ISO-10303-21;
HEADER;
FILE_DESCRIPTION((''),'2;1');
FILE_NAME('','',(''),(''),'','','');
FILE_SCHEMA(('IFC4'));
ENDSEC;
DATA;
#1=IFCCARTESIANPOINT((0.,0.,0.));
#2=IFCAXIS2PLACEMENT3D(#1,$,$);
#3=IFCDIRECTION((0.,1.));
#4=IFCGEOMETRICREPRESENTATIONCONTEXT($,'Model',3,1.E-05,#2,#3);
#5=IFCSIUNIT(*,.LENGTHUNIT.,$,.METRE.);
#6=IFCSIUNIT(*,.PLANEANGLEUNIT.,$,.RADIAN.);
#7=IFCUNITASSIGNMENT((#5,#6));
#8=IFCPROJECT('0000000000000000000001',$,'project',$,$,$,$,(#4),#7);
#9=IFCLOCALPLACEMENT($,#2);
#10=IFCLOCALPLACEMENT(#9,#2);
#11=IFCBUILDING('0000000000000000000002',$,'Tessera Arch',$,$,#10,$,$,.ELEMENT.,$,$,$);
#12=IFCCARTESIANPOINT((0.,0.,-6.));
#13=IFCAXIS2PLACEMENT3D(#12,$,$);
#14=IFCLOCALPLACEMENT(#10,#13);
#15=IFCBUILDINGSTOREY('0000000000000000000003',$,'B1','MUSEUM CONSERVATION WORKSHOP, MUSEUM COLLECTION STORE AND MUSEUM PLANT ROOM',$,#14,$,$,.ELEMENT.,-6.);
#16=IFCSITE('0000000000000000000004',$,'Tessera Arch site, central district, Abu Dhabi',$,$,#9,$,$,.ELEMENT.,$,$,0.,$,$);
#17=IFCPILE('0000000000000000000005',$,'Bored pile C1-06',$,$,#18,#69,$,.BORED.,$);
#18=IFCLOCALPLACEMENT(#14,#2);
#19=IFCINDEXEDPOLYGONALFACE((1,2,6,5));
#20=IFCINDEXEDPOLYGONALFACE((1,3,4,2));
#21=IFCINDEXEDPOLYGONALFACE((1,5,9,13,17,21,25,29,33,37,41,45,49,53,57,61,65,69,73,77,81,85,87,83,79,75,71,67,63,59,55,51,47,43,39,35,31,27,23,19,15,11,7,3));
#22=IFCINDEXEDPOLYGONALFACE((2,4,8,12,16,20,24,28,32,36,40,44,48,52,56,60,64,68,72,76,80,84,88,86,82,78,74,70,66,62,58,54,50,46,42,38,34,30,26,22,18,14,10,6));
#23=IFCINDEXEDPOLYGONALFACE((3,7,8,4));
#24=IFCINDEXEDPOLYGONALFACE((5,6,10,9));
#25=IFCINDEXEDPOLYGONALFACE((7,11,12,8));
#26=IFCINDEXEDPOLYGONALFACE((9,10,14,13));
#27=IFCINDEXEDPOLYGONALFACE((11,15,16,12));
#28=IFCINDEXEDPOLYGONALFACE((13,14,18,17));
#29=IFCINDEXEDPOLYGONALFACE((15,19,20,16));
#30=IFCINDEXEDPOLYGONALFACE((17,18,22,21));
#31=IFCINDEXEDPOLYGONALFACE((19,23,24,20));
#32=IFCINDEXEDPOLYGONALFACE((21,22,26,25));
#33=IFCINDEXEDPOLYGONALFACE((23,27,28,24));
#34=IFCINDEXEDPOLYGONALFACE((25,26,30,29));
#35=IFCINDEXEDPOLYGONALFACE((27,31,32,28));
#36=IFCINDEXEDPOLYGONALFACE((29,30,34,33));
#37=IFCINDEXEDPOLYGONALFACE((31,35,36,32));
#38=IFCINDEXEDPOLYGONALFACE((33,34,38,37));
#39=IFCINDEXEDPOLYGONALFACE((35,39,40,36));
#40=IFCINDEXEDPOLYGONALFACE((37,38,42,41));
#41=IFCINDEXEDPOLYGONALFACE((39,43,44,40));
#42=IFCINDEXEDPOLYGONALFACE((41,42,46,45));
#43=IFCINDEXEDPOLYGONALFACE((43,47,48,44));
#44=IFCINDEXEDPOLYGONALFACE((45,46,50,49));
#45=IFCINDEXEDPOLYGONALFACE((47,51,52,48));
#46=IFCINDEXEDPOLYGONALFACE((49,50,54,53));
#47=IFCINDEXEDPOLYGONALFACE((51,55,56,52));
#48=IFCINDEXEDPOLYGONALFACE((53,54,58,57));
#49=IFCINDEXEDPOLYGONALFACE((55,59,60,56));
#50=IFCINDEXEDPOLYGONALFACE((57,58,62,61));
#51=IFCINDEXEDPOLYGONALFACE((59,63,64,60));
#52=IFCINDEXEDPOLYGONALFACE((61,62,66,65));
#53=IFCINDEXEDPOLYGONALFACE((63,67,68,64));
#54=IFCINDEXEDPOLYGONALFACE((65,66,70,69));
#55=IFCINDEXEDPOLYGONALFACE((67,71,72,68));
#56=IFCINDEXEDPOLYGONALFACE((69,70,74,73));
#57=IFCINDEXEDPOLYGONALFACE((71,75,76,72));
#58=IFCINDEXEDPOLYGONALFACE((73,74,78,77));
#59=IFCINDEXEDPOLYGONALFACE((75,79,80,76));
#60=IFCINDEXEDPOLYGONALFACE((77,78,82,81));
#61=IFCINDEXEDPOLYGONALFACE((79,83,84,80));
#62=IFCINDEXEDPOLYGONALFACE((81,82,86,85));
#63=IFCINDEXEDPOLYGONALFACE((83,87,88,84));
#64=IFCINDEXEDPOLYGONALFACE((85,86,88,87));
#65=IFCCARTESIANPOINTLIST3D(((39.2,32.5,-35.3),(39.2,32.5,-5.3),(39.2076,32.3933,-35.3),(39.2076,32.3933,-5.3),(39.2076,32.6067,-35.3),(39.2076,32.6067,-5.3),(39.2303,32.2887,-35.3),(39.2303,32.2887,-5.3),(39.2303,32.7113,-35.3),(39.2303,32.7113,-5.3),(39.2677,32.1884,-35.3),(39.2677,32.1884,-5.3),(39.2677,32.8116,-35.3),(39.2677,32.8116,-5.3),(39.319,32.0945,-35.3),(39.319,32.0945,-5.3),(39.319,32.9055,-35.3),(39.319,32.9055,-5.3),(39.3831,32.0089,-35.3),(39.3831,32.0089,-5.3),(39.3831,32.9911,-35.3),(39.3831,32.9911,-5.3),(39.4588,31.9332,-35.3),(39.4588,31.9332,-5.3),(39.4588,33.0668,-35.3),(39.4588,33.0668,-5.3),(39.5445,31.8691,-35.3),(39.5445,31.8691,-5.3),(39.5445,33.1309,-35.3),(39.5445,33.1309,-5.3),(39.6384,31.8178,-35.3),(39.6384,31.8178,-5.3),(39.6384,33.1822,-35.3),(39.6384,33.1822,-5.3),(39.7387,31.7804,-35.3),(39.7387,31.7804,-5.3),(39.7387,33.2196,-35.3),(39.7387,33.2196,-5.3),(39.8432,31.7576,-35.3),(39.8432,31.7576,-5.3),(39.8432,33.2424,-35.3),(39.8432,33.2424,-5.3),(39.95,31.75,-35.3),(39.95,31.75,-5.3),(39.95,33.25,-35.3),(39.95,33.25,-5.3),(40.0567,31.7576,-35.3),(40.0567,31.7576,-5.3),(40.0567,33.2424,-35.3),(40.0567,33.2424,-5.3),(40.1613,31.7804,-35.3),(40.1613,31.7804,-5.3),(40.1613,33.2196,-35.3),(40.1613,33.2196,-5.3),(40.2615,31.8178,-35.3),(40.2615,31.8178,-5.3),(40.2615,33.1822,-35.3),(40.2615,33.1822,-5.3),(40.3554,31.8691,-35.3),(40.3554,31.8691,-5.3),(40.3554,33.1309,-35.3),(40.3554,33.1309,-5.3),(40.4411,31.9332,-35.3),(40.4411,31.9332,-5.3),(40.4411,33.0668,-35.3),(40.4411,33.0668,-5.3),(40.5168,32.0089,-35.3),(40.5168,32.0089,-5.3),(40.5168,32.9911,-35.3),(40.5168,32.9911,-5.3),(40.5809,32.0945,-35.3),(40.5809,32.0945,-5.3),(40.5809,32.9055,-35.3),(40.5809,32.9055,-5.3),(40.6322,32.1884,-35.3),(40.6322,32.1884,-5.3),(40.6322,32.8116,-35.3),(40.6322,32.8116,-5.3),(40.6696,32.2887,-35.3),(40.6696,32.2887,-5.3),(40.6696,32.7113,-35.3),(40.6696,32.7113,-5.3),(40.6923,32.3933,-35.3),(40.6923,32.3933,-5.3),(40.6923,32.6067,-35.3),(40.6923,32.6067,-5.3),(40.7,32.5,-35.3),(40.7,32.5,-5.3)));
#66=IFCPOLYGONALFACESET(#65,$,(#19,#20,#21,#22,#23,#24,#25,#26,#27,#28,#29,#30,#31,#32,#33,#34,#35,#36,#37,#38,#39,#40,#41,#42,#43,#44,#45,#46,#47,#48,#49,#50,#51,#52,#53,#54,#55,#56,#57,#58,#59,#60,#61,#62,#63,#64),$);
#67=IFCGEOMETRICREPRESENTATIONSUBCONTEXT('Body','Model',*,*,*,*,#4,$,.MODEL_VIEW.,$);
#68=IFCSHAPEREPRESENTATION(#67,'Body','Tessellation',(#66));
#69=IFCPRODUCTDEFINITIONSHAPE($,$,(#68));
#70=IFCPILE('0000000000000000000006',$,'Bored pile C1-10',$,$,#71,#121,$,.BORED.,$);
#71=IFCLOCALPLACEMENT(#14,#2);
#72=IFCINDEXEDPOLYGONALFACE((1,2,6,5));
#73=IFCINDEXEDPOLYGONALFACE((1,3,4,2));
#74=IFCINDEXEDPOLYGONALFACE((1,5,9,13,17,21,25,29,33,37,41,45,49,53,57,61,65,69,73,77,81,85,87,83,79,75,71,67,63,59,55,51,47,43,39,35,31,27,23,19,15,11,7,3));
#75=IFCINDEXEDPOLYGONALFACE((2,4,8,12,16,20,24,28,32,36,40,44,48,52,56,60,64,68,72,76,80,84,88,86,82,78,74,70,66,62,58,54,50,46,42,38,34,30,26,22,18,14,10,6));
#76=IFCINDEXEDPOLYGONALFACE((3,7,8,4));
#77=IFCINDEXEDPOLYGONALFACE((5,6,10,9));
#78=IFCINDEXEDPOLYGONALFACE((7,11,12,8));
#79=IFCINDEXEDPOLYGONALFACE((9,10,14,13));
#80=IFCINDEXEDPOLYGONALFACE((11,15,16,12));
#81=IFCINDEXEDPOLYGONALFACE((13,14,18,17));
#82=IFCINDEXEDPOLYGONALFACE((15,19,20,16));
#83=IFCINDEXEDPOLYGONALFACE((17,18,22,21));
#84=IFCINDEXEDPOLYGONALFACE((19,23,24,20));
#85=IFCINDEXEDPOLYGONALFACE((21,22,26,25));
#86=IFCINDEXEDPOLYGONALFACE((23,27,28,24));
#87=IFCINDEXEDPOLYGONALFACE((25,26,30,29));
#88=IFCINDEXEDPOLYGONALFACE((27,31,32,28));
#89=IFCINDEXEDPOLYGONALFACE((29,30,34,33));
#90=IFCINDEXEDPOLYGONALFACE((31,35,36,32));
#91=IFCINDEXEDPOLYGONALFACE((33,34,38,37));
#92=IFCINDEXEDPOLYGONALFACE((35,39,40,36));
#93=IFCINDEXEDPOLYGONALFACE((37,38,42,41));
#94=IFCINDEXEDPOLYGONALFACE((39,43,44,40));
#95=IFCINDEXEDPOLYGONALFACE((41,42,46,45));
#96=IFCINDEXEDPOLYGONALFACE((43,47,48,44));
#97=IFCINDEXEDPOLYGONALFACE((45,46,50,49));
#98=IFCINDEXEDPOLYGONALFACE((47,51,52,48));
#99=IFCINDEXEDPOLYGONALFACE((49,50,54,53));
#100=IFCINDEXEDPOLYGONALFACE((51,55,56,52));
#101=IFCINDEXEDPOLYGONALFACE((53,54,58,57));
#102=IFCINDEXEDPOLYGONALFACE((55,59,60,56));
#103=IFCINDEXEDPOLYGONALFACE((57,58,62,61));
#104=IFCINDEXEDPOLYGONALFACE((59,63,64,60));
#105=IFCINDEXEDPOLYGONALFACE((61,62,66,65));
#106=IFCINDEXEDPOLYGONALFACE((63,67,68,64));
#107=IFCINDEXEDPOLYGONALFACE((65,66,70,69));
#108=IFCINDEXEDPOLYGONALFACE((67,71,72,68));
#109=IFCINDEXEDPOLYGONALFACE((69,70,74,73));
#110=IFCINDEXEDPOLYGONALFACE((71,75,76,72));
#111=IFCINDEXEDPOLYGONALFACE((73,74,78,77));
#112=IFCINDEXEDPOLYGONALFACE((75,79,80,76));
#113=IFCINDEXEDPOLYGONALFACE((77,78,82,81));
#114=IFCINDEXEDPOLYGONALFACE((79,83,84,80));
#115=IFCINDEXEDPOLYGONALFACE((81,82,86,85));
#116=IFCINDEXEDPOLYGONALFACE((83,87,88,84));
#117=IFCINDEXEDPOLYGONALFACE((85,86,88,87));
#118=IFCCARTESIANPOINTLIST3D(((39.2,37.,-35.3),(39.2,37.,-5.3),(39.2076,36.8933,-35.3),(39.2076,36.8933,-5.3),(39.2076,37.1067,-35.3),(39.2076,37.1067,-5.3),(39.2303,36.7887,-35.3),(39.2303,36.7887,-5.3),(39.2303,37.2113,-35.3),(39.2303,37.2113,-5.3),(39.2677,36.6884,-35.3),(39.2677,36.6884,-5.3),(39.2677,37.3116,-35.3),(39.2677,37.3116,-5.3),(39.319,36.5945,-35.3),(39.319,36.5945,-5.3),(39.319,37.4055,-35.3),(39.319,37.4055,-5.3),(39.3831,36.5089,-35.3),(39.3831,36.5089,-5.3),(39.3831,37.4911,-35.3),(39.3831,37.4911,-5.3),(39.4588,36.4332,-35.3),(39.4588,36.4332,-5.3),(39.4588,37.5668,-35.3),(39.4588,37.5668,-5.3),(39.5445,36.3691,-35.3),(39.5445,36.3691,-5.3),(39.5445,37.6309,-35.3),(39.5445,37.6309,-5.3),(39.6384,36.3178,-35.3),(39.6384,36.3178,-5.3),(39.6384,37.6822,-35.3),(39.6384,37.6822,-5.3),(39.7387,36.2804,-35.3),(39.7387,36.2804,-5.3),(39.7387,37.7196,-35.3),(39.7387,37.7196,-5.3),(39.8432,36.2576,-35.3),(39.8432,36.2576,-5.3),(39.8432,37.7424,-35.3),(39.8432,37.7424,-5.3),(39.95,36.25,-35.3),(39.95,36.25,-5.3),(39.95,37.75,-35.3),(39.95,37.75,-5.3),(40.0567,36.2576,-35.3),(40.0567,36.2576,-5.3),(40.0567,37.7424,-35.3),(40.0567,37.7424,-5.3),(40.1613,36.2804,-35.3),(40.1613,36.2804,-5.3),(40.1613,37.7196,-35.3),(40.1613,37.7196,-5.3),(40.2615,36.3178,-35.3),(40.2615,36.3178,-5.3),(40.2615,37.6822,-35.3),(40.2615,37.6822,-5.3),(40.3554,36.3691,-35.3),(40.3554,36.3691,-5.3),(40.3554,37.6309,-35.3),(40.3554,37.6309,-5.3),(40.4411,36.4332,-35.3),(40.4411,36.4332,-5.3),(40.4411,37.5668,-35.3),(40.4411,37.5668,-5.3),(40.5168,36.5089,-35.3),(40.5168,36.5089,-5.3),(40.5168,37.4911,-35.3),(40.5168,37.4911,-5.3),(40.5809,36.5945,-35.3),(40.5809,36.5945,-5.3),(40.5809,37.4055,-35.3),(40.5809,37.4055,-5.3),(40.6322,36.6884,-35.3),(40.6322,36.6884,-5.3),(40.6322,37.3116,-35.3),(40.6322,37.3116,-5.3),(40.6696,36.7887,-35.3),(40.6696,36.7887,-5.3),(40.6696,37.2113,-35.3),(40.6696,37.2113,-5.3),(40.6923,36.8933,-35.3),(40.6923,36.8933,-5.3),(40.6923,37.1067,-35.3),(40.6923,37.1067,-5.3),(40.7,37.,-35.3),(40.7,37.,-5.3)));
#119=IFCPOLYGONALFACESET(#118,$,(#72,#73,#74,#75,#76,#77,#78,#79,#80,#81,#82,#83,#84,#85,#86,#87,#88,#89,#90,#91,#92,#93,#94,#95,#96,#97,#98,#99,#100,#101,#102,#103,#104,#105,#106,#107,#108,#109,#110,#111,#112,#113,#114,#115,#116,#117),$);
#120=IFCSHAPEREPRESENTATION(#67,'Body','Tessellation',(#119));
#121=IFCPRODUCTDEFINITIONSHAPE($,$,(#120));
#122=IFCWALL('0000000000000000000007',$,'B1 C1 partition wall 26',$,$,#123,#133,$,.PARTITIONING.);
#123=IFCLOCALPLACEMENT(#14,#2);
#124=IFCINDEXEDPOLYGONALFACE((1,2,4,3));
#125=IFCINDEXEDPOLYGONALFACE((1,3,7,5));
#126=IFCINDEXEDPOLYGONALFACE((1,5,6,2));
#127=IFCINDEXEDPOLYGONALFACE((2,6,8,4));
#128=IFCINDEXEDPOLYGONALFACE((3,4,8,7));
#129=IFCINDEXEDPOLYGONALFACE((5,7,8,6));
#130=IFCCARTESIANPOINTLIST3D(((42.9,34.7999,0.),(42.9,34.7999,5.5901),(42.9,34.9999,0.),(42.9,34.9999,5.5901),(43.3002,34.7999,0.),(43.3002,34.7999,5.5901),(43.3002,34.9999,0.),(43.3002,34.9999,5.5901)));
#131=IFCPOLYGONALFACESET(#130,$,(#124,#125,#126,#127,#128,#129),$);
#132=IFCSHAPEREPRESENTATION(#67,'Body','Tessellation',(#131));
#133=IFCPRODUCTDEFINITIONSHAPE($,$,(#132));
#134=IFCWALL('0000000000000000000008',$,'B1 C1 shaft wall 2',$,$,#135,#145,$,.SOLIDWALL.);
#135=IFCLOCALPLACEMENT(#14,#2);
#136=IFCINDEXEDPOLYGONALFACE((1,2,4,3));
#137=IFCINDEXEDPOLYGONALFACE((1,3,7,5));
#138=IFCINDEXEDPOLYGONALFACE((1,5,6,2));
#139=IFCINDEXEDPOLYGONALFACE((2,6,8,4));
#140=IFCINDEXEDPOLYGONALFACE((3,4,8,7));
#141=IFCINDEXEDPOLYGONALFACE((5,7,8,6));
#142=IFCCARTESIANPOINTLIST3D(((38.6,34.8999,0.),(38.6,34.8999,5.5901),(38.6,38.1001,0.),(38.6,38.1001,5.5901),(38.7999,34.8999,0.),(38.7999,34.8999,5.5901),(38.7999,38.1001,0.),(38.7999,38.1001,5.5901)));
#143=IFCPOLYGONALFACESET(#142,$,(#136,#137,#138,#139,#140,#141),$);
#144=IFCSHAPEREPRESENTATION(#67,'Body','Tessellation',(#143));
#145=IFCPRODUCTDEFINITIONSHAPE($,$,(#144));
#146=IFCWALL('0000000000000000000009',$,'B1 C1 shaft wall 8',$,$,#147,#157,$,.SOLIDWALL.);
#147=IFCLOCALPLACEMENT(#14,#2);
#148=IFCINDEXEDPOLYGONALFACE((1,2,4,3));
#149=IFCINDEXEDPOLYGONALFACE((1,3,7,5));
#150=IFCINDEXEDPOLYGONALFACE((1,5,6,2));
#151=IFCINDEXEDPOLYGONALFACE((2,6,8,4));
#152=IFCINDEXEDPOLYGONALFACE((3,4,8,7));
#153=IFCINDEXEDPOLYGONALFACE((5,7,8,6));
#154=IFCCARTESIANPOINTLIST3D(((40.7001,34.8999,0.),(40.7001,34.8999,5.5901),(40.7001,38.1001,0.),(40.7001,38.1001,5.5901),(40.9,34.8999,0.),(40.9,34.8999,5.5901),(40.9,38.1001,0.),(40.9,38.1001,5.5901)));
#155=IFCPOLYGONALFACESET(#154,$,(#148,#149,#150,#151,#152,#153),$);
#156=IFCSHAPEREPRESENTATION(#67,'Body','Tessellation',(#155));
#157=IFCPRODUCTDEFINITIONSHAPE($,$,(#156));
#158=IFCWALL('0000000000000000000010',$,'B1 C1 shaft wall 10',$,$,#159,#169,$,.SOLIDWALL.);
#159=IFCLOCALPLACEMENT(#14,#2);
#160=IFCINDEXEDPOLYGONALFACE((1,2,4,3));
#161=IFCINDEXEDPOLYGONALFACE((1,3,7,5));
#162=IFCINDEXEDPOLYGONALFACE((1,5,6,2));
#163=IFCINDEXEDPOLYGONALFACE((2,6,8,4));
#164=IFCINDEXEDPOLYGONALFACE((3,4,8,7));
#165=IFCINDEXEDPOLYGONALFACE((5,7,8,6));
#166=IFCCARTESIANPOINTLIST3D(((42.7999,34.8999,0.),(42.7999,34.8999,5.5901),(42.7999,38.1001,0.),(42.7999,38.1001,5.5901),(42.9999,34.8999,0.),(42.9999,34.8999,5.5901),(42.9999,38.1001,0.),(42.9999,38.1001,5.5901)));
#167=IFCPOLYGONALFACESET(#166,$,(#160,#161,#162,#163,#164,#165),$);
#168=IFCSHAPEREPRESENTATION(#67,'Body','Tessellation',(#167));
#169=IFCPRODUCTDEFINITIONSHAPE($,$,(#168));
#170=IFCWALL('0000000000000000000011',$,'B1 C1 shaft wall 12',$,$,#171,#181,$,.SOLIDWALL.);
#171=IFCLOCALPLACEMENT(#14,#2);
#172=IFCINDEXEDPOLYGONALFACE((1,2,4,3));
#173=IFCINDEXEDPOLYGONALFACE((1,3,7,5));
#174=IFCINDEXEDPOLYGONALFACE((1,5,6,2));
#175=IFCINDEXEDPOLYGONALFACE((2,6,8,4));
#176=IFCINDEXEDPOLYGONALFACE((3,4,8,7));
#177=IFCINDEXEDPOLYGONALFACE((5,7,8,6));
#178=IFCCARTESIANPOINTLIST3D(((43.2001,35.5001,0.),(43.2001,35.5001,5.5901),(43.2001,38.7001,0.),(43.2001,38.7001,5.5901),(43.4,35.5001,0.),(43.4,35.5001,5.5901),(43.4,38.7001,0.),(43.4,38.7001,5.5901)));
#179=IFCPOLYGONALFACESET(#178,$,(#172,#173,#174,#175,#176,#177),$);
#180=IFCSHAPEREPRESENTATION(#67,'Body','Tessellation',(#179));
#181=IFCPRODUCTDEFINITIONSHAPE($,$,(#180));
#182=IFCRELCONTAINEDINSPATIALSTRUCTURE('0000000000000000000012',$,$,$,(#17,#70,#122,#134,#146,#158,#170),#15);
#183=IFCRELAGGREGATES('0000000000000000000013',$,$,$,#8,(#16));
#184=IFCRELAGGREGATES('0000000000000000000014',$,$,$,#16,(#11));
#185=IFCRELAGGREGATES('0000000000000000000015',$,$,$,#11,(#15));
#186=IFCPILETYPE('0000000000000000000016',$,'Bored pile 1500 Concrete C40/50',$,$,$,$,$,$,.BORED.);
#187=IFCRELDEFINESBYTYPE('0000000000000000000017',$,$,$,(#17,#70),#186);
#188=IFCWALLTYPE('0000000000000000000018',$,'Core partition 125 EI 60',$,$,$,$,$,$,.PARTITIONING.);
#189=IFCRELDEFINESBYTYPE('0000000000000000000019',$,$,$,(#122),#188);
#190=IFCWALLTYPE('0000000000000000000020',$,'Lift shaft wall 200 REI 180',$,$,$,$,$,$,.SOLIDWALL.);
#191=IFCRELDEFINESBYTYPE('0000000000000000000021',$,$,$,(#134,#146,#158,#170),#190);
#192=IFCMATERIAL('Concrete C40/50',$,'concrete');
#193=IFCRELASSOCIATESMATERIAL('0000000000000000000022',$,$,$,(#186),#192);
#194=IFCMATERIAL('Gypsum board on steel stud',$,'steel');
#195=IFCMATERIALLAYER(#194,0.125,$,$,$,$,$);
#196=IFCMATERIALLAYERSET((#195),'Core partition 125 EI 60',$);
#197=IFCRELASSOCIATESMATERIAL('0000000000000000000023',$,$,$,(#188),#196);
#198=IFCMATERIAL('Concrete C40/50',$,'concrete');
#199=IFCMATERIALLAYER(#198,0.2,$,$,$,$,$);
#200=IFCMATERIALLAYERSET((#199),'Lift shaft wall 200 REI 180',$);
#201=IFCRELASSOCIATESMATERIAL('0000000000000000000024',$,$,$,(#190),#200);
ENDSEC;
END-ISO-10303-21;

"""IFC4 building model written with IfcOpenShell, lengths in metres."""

from ifc_helpers import new_model, si_unit, direction, frame, frame_2d, origin, origin_2d, place, context, subcontext, project, spatial, rectangle, circle, extrude, material, layer, layer_set, type_object, element, save


model = new_model("IFC4")

# Units and contexts
model_context = context("Model", 3, precision=1e-05, world=origin(), true_north=direction((0.0, 1.0)))
body_context = subcontext(model_context, "Body", "Model", "MODEL_VIEW")
ifc_project = project(units=[si_unit("LENGTHUNIT", "METRE"), si_unit("PLANEANGLEUNIT", "RADIAN")], contexts=[model_context])

# Site, building, storey
site_placement = place(None, origin())
site = spatial("IfcSite", under=ifc_project, at=site_placement, Name="Tessera Arch site, central district, Abu Dhabi", CompositionType="ELEMENT", RefElevation=0.0)
building_placement = place(site_placement, origin())
building = spatial("IfcBuilding", under=site, at=building_placement, Name="Tessera Arch", CompositionType="ELEMENT")
storey_placement = place(building_placement, frame((0.0, 0.0, -6.0)))
storey = spatial("IfcBuildingStorey", under=building, at=storey_placement, Name="B1", Description="MUSEUM CONSERVATION WORKSHOP, MUSEUM COLLECTION STORE AND MUSEUM PLANT ROOM", CompositionType="ELEMENT", Elevation=-6.0)

# Piles
ifc_material_1 = material(Name="Concrete C40/50", Category="concrete")
pile_type = type_object("IfcPileType", Name="Bored pile 1500 Concrete C40/50", PredefinedType="BORED", material=ifc_material_1)
for number, where, z_axis, x_axis, name in (
    (1, (39.95, 32.5, -5.3), (0.0, 0.0, -1.0), (1.0, 0.0, 0.0), "Bored pile C1-06"),
    (2, (39.95, 37.0, -5.3), (0.0, 0.0, -1.0), (1.0, 0.0, 0.0), "Bored pile C1-10"),
):
    element("IfcPile", number, at=place(storey_placement, frame(where, z_axis=z_axis, x_axis=x_axis)), inside=storey, type_object=pile_type, Name=name, PredefinedType="BORED", context=body_context, shape_type="SweptSolid", body=[
        extrude(circle(Radius=0.75, at=origin_2d()), origin(), (0.0, 0.0, 1.0), 30.0),
    ])

# Walls
ifc_material_2 = material(Name="Gypsum board on steel stud", Category="steel")
ifc_layer_1 = layer(ifc_material_2, 0.125)
ifc_layer_set_1 = layer_set([ifc_layer_1], Name="Core partition 125 EI 60")
wall_type_1 = type_object("IfcWallType", Name="Core partition 125 EI 60", PredefinedType="PARTITIONING", material=ifc_layer_set_1)
wall_1_placement = place(storey_placement, frame((42.8999, 34.8999, 0.0), z_axis=(0.0, 0.0, 1.0), x_axis=(1.0, 0.0, 0.0)))
element("IfcWall", 3, at=wall_1_placement, inside=storey, type_object=wall_type_1, Name="B1 C1 partition wall 26", PredefinedType="PARTITIONING", context=body_context, shape_type="SweptSolid", body=[
    extrude(rectangle(XDim=0.4001, YDim=0.2, at=frame_2d((0.2002, 0.0))), origin(), (0.0, 0.0, 1.0), 5.5901),
])
ifc_material_3 = material(Name="Concrete C40/50", Category="concrete")
ifc_layer_2 = layer(ifc_material_3, 0.2)
ifc_layer_set_2 = layer_set([ifc_layer_2], Name="Lift shaft wall 200 REI 180")
wall_type_2 = type_object("IfcWallType", Name="Lift shaft wall 200 REI 180", PredefinedType="SOLIDWALL", material=ifc_layer_set_2)
for number, where, z_axis, x_axis, name in (
    (4, (38.7, 34.8999, 0.0), (0.0, 0.0, 1.0), (0.0, 1.0, 0.0), "B1 C1 shaft wall 2"),
    (5, (40.8, 34.8999, 0.0), (0.0, 0.0, 1.0), (0.0, 1.0, 0.0), "B1 C1 shaft wall 8"),
    (6, (42.8999, 34.8999, 0.0), (0.0, 0.0, 1.0), (0.0, 1.0, 0.0), "B1 C1 shaft wall 10"),
):
    element("IfcWall", number, at=place(storey_placement, frame(where, z_axis=z_axis, x_axis=x_axis)), inside=storey, type_object=wall_type_2, Name=name, PredefinedType="SOLIDWALL", context=body_context, shape_type="SweptSolid", body=[
        extrude(rectangle(XDim=3.2002, YDim=0.2, at=frame_2d((1.6001, 0.0))), origin(), (0.0, 0.0, 1.0), 5.5901),
    ])
wall_2_placement = place(storey_placement, frame((43.3, 35.5, 0.0), z_axis=(0.0, 0.0, 1.0), x_axis=(0.0, 1.0, 0.0)))
element("IfcWall", 7, at=wall_2_placement, inside=storey, type_object=wall_type_2, Name="B1 C1 shaft wall 12", PredefinedType="SOLIDWALL", context=body_context, shape_type="SweptSolid", body=[
    extrude(rectangle(XDim=3.2, YDim=0.2, at=frame_2d((1.6001, 0.0))), origin(), (0.0, 0.0, 1.0), 5.5901),
])

save(model, "model.ifc")
